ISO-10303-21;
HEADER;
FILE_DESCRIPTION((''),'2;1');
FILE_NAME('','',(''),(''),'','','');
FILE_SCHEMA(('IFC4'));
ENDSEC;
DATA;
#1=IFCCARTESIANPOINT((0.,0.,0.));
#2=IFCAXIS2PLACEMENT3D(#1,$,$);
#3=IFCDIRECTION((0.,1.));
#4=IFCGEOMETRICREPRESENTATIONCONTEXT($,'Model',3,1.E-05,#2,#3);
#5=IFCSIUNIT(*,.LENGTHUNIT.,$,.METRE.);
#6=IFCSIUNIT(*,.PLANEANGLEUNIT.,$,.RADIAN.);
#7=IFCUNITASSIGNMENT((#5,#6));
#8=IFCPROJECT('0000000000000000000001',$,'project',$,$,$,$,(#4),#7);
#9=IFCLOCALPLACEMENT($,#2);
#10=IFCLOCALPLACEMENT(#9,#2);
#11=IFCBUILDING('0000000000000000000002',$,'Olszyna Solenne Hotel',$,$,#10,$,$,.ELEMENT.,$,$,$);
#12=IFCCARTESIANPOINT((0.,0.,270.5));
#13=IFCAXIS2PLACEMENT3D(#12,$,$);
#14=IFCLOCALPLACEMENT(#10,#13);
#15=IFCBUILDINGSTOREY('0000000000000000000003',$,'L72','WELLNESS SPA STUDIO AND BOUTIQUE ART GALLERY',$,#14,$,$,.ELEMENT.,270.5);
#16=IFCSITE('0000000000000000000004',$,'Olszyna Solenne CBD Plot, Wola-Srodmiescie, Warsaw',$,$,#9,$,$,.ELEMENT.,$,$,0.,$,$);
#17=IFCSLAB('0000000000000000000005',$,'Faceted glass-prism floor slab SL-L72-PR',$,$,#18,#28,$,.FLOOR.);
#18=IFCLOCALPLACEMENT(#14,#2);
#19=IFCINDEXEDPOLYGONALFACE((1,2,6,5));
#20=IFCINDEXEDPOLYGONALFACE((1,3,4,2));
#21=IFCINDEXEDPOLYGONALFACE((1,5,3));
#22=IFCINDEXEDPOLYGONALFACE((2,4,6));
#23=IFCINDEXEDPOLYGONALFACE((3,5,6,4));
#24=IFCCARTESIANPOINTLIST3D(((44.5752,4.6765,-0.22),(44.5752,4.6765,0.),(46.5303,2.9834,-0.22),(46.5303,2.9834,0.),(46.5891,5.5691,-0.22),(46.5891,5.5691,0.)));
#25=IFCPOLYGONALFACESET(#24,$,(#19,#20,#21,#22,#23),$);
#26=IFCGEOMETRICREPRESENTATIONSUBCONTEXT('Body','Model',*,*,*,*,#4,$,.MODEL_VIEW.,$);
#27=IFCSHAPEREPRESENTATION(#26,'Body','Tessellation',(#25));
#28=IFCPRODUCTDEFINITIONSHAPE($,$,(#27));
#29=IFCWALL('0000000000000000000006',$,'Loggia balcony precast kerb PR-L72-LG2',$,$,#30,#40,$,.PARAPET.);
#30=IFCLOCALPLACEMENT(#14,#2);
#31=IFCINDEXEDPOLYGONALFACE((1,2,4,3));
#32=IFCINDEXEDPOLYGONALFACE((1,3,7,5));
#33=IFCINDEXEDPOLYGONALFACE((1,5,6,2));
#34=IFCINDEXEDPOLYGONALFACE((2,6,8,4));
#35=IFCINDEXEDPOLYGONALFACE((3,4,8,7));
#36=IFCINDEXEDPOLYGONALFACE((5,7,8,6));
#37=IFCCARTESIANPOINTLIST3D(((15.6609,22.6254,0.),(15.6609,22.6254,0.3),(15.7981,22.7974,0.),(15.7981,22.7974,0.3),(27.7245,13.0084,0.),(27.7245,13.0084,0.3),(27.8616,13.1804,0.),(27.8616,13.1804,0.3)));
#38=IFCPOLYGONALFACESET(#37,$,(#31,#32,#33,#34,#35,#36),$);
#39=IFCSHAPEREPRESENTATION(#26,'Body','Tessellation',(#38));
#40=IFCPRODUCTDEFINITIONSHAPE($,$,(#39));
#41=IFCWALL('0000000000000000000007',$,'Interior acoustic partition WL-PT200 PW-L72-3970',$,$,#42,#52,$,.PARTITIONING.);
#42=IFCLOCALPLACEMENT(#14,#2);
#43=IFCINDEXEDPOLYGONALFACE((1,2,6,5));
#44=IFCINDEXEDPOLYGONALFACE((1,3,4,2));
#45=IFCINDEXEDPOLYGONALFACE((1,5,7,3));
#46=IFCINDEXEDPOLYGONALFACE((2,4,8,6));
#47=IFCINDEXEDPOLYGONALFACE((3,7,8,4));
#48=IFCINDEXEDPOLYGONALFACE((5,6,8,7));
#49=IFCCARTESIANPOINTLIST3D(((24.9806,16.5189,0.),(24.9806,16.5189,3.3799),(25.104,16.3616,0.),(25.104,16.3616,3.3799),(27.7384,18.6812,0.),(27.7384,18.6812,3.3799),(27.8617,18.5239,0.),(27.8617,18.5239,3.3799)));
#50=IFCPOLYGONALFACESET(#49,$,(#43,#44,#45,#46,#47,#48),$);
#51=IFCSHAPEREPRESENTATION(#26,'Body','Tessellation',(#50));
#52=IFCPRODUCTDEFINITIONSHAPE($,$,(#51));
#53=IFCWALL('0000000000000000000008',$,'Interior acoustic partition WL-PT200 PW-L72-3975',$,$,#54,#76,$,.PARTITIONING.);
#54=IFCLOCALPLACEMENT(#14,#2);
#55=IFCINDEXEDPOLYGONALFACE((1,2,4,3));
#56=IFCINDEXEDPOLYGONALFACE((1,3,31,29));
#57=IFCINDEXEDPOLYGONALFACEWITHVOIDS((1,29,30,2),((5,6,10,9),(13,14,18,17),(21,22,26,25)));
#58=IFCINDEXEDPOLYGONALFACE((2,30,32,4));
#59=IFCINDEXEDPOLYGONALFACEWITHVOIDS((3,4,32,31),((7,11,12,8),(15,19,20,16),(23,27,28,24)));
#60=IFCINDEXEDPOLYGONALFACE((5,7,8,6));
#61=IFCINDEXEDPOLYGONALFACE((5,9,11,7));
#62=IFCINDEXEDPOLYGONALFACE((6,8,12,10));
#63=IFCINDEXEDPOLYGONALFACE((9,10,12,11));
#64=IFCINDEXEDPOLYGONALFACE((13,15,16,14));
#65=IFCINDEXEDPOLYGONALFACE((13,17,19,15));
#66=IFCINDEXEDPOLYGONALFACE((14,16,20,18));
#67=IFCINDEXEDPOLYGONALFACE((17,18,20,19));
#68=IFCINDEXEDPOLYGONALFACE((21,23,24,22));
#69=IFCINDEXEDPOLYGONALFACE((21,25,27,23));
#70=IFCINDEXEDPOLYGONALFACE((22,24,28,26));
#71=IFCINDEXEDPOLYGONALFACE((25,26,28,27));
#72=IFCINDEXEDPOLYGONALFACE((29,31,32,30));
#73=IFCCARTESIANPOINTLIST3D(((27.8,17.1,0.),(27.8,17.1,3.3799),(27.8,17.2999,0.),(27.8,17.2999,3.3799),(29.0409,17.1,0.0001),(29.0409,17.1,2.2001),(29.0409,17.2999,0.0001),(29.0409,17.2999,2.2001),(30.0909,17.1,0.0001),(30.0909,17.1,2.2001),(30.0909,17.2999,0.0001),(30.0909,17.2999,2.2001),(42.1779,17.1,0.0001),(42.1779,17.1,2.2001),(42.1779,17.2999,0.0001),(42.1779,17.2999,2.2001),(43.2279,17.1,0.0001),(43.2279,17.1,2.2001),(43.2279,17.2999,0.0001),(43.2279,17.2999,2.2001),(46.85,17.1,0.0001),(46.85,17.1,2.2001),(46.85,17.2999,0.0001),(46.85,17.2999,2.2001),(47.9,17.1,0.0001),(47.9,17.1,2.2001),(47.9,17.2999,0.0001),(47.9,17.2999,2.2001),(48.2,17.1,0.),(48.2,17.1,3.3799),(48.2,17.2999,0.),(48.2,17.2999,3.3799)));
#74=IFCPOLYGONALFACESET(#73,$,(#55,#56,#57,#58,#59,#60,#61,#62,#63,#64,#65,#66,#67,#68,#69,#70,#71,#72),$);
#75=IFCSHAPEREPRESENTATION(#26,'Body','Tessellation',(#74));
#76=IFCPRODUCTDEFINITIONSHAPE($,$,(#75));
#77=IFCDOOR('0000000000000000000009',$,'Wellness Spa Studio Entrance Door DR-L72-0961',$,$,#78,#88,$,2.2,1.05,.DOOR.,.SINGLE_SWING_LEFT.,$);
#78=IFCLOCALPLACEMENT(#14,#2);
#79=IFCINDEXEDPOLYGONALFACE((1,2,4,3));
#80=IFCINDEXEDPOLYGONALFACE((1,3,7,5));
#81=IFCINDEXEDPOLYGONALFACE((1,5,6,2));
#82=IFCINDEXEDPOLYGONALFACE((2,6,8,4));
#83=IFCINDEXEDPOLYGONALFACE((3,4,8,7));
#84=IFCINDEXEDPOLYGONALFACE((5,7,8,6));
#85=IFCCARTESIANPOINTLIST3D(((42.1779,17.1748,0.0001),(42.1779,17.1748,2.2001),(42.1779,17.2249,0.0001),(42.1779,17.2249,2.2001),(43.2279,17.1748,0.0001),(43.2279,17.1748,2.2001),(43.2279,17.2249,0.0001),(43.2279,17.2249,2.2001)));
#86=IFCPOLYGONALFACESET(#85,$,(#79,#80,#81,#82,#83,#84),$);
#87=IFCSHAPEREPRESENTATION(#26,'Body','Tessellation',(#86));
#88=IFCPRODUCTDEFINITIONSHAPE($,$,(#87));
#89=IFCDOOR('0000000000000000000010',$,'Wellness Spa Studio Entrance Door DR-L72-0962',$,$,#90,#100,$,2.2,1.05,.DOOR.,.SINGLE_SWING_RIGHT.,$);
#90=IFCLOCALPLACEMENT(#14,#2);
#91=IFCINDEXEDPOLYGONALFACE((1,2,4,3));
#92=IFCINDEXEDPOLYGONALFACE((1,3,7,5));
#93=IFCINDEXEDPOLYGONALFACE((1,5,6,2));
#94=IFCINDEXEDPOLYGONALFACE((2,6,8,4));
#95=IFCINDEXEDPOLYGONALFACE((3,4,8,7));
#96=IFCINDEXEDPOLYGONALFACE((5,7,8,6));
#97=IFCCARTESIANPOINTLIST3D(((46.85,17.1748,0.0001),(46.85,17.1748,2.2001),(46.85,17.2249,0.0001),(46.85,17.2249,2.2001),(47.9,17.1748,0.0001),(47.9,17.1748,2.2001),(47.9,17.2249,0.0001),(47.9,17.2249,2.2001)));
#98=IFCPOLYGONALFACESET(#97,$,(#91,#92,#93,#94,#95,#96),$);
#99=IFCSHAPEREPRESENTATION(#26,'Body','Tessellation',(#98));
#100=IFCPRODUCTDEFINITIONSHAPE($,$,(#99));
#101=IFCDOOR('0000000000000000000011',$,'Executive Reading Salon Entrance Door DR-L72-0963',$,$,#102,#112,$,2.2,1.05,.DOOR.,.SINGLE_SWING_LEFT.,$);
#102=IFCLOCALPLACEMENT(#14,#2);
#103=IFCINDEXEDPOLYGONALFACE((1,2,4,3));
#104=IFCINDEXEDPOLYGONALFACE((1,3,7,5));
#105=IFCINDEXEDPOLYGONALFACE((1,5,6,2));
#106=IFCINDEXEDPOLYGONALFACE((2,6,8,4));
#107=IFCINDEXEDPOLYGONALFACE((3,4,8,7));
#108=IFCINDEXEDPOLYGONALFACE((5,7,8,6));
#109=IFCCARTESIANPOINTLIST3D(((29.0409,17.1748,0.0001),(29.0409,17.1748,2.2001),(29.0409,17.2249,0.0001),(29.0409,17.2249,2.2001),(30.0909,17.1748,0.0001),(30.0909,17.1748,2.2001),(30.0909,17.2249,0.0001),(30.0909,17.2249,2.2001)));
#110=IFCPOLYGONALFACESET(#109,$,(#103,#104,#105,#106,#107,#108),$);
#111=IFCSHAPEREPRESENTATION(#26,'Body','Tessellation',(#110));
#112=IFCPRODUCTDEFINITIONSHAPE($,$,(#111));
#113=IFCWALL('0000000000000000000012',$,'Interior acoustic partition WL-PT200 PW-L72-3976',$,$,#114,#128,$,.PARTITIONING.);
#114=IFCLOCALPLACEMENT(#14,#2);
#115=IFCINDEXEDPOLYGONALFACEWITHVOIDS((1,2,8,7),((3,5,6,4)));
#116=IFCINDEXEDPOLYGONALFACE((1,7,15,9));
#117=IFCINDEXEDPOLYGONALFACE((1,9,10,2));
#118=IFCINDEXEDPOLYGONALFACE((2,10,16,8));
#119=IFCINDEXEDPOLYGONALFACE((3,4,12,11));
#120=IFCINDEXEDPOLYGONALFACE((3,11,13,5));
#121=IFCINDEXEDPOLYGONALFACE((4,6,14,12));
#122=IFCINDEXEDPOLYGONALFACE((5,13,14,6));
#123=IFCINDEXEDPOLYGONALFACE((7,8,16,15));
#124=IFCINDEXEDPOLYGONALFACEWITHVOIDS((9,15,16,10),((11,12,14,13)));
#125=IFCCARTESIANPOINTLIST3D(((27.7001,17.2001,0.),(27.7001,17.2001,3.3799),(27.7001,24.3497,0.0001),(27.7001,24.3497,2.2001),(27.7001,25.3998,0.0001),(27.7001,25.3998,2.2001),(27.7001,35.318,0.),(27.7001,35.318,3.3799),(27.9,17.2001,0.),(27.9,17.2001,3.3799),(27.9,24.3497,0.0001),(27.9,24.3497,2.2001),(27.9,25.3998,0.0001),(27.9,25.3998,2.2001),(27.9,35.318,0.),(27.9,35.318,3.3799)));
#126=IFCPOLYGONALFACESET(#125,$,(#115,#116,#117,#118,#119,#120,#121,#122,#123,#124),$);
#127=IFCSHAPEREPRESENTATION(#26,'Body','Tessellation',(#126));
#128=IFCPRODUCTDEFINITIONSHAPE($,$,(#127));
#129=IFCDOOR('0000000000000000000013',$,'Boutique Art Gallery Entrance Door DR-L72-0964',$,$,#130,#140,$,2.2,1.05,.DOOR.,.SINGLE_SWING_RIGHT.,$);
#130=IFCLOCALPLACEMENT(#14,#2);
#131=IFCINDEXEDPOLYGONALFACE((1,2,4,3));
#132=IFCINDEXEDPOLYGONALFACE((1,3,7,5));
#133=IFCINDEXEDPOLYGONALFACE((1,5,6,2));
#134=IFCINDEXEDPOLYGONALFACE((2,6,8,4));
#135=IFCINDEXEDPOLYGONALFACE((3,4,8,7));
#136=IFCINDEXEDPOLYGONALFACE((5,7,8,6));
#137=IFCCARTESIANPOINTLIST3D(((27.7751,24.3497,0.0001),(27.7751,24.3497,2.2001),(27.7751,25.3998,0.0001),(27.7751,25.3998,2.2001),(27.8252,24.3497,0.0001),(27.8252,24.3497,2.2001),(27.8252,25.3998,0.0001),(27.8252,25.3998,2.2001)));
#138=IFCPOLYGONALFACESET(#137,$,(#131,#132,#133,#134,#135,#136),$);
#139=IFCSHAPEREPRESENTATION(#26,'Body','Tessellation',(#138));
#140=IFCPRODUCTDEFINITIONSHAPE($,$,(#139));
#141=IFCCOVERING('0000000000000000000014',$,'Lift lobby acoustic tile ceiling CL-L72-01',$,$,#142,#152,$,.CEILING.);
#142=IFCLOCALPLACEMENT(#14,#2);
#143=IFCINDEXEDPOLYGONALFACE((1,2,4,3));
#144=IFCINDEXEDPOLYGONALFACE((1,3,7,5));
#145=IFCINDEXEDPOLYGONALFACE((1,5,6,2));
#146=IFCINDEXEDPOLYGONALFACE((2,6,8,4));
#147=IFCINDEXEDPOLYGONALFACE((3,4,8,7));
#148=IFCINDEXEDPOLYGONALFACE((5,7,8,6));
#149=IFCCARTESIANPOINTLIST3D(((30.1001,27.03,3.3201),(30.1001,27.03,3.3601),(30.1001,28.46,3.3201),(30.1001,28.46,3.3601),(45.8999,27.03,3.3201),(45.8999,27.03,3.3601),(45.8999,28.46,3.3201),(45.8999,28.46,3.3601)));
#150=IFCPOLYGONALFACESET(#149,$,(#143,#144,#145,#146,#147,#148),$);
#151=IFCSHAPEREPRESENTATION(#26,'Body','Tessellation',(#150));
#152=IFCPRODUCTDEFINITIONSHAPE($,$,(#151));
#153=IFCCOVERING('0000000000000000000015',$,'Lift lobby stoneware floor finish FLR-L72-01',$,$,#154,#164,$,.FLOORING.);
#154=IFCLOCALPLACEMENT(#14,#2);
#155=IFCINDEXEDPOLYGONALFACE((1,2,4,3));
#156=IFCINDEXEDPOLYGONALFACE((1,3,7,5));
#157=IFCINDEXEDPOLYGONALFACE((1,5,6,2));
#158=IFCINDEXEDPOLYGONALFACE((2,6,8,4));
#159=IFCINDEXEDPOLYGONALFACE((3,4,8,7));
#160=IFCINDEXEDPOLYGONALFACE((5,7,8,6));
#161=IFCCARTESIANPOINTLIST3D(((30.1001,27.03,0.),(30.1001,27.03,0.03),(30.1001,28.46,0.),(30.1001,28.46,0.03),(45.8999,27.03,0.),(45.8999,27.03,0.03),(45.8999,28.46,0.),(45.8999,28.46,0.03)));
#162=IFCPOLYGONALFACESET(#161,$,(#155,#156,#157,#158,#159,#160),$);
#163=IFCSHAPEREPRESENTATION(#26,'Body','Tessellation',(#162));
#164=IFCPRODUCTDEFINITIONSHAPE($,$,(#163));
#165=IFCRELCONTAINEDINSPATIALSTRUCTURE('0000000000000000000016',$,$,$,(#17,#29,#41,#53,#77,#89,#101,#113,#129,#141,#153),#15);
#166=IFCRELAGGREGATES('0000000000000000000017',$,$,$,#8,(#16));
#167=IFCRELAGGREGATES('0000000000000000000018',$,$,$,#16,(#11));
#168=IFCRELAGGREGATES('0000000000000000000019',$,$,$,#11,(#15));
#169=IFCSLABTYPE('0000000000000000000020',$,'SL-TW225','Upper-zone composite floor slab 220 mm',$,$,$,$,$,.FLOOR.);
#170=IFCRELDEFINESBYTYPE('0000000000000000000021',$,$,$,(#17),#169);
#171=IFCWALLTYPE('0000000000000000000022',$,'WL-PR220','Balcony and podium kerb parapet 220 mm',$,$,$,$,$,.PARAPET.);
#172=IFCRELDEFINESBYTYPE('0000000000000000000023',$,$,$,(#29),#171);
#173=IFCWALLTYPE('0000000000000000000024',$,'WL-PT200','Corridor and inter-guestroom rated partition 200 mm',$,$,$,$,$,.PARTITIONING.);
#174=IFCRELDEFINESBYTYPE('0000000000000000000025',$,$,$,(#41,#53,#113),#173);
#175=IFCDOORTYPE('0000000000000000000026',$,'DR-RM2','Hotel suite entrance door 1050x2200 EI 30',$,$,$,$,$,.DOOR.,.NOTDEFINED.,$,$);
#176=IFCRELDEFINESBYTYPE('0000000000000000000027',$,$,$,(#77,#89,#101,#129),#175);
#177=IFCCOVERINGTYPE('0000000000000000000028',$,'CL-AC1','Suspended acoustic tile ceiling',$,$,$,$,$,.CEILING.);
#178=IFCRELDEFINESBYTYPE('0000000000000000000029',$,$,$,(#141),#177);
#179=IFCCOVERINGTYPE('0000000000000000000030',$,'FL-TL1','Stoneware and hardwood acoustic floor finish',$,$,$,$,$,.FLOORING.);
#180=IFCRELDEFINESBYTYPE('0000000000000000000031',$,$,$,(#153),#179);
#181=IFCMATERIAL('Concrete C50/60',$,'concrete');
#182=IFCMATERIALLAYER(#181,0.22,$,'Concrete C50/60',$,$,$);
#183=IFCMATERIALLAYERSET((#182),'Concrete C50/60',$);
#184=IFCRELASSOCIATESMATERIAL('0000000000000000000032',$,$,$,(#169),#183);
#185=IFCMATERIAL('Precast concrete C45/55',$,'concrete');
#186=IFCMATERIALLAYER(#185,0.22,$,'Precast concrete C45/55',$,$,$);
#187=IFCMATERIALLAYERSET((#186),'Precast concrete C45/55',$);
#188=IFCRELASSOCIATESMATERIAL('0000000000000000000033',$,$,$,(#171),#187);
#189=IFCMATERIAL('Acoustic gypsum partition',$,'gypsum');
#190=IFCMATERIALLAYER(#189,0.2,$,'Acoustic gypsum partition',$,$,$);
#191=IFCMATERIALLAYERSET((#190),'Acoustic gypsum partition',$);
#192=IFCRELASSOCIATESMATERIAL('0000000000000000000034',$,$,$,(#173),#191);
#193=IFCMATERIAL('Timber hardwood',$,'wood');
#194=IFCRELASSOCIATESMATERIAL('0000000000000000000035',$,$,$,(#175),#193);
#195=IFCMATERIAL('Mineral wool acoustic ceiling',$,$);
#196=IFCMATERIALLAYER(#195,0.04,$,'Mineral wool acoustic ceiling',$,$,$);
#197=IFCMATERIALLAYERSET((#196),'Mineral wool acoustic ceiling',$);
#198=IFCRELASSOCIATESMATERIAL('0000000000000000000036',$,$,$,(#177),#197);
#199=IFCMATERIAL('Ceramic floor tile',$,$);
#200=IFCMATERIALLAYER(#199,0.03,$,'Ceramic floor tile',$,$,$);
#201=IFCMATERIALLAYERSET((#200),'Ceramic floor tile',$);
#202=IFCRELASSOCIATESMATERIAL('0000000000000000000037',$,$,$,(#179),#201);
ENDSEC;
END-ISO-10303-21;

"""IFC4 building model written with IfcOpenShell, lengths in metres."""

from ifc_helpers import new_model, si_unit, direction, frame, frame_2d, origin, place, context, subcontext, project, spatial, polyline, rectangle, outline, extrude, source, transform, mapped, material, layer, layer_set, type_object, type_shapes, element, fill, save


model = new_model("IFC4")

# Units and contexts
model_context = context("Model", 3, precision=1e-05, world=origin(), true_north=direction((0.0, 1.0)))
body_context = subcontext(model_context, "Body", "Model", "MODEL_VIEW")
ifc_project = project(units=[si_unit("LENGTHUNIT", "METRE"), si_unit("PLANEANGLEUNIT", "RADIAN")], contexts=[model_context])

# Site, building, storey
site_placement = place(None, origin())
site = spatial("IfcSite", under=ifc_project, at=site_placement, Name="Olszyna Solenne CBD Plot, Wola-Srodmiescie, Warsaw", CompositionType="ELEMENT", RefElevation=0.0)
building_placement = place(site_placement, origin())
building = spatial("IfcBuilding", under=site, at=building_placement, Name="Olszyna Solenne Hotel", CompositionType="ELEMENT")
storey_placement = place(building_placement, frame((0.0, 0.0, 270.5)))
storey = spatial("IfcBuildingStorey", under=building, at=storey_placement, Name="L72", Description="WELLNESS SPA STUDIO AND BOUTIQUE ART GALLERY", CompositionType="ELEMENT", Elevation=270.5)

# Slab
ifc_material_1 = material(Name="Precast concrete C45/55", Category="concrete")
ifc_material_2 = material(Name="Concrete C50/60", Category="concrete")
ifc_layer_1 = layer(ifc_material_2, 0.22, Name="Concrete C50/60")
ifc_layer_set_1 = layer_set([ifc_layer_1], Name="Concrete C50/60")
slab_type_1 = type_object("IfcSlabType", Name="SL-TW225", Description="Upper-zone composite floor slab 220 mm", PredefinedType="FLOOR", material=ifc_layer_set_1)
slab_1_placement = place(storey_placement, frame((0.0, 0.0, -0.22)))
element("IfcSlab", 1, at=slab_1_placement, inside=storey, type_object=slab_type_1, Name="Faceted glass-prism floor slab SL-L72-PR", PredefinedType="FLOOR", context=body_context, shape_type="SweptSolid", body=[
    extrude(outline(polyline([(46.5891, 5.5691), (44.5752, 4.6765), (46.5303, 2.9834), (46.5891, 5.5691)])), origin(), (0.0, 0.0, 1.0), 0.22),
])

# Walls
ifc_layer_2 = layer(ifc_material_1, 0.22, Name="Precast concrete C45/55")
ifc_layer_set_2 = layer_set([ifc_layer_2], Name="Precast concrete C45/55")
wall_type_1 = type_object("IfcWallType", Name="WL-PR220", Description="Balcony and podium kerb parapet 220 mm", PredefinedType="PARAPET", material=ifc_layer_set_2)
wall_1_placement = place(storey_placement, frame((15.7295, 22.7114, 0.0), z_axis=(0.0, 0.0, 1.0), x_axis=(0.781938, -0.623357, 0.0)))
element("IfcWall", 2, at=wall_1_placement, inside=storey, type_object=wall_type_1, Name="Loggia balcony precast kerb PR-L72-LG2", PredefinedType="PARAPET", context=body_context, shape_type="SweptSolid", body=[
    extrude(rectangle(XDim=15.4277, YDim=0.22, at=frame_2d((7.7139, 0.0))), origin(), (0.0, 0.0, 1.0), 0.3),
])
ifc_material_3 = material(Name="Acoustic gypsum partition", Category="gypsum")
ifc_layer_3 = layer(ifc_material_3, 0.2, Name="Acoustic gypsum partition")
ifc_layer_set_3 = layer_set([ifc_layer_3], Name="Acoustic gypsum partition")
wall_type_2 = type_object("IfcWallType", Name="WL-PT200", Description="Corridor and inter-guestroom rated partition 200 mm", PredefinedType="PARTITIONING", material=ifc_layer_set_3)
wall_2_placement = place(storey_placement, frame((27.8, 18.6025, 0.0), z_axis=(0.0, 0.0, 1.0), x_axis=(-0.786942, -0.617027, 0.0)))
element("IfcWall", 3, at=wall_2_placement, inside=storey, type_object=wall_type_2, Name="Interior acoustic partition WL-PT200 PW-L72-3970", PredefinedType="PARTITIONING", context=body_context, shape_type="SweptSolid", body=[
    extrude(rectangle(XDim=3.5044, YDim=0.2, at=frame_2d((1.7522, 0.0))), origin(), (0.0, 0.0, 1.0), 3.3799),
])

# Wall, openings, doors
wall_3_placement = place(storey_placement, frame((27.8, 17.2, 0.0), z_axis=(0.0, 0.0, 1.0), x_axis=(1.0, 0.0, 0.0)))
wall_3 = element("IfcWall", 4, at=wall_3_placement, inside=storey, type_object=wall_type_2, Name="Interior acoustic partition WL-PT200 PW-L72-3975", PredefinedType="PARTITIONING", context=body_context, shape_type="SweptSolid", body=[
    extrude(rectangle(XDim=20.3999, YDim=0.2, at=frame_2d((10.2, 0.0))), origin(), (0.0, 0.0, 1.0), 3.3799),
])
opening_1_placement = place(wall_3_placement, frame((14.3779, 0.0, 0.0)))
opening_1 = element("IfcOpeningElement", 5, at=opening_1_placement, cuts=wall_3, PredefinedType="OPENING", context=body_context, shape_type="SweptSolid", body=[
    extrude(rectangle(XDim=1.05, YDim=2.2, at=frame_2d((0.5249, 1.1001))), frame((0.0, 0.1099, 0.0), z_axis=(0.0, -1.0, 0.0), x_axis=(1.0, 0.0, 0.0)), (0.0, 0.0, 1.0), 0.22),
])
opening_2_placement = place(wall_3_placement, frame((19.05, 0.0, 0.0)))
opening_2 = element("IfcOpeningElement", 6, at=opening_2_placement, cuts=wall_3, PredefinedType="OPENING", context=body_context, shape_type="SweptSolid", body=[
    extrude(rectangle(XDim=1.05, YDim=2.2, at=frame_2d((0.5249, 1.1001))), frame((0.0, 0.1099, 0.0), z_axis=(0.0, -1.0, 0.0), x_axis=(1.0, 0.0, 0.0)), (0.0, 0.0, 1.0), 0.22),
])
opening_3_placement = place(wall_3_placement, frame((1.241, 0.0, 0.0)))
opening_3 = element("IfcOpeningElement", 7, at=opening_3_placement, cuts=wall_3, PredefinedType="OPENING", context=body_context, shape_type="SweptSolid", body=[
    extrude(rectangle(XDim=1.05, YDim=2.2, at=frame_2d((0.5249, 1.1001))), frame((0.0, 0.1099, 0.0), z_axis=(0.0, -1.0, 0.0), x_axis=(1.0, 0.0, 0.0)), (0.0, 0.0, 1.0), 0.22),
])
ifc_material_4 = material(Name="Timber hardwood", Category="wood")
door_type = type_object("IfcDoorType", Name="DR-RM2", Description="Hotel suite entrance door 1050x2200 EI 30", OperationType="NOTDEFINED", PredefinedType="DOOR", material=ifc_material_4)
shared_shape_1 = source(origin(), body_context, "Body", "SweptSolid", [
    extrude(rectangle(XDim=1.05, YDim=2.2, at=frame_2d((0.5249, 1.1001))), frame((0.0, 0.0249, 0.0), z_axis=(0.0, -1.0, 0.0), x_axis=(1.0, 0.0, 0.0)), (0.0, 0.0, 1.0), 0.05),
])
type_shapes(door_type, [shared_shape_1])
door_1_placement = place(opening_1_placement, origin())
door_1 = element("IfcDoor", 8, at=door_1_placement, inside=storey, type_object=door_type, Name="Wellness Spa Studio Entrance Door DR-L72-0961", OperationType="SINGLE_SWING_LEFT", OverallHeight=2.2, OverallWidth=1.05, PredefinedType="DOOR", context=body_context, shape_type="MappedRepresentation", body=[
    mapped(shared_shape_1, transform((0.0, 0.0, 0.0), x_axis=(1.0, 0.0, 0.0), y_axis=(0.0, 1.0, 0.0), z_axis=(0.0, 0.0, 1.0), scale=1.0)),
])
fill(opening_1, door_1)
door_2_placement = place(opening_2_placement, origin())
door_2 = element("IfcDoor", 9, at=door_2_placement, inside=storey, type_object=door_type, Name="Wellness Spa Studio Entrance Door DR-L72-0962", OperationType="SINGLE_SWING_RIGHT", OverallHeight=2.2, OverallWidth=1.05, PredefinedType="DOOR", context=body_context, shape_type="MappedRepresentation", body=[
    mapped(shared_shape_1, transform((0.0, 0.0, 0.0), x_axis=(1.0, 0.0, 0.0), y_axis=(0.0, 1.0, 0.0), z_axis=(0.0, 0.0, 1.0), scale=1.0)),
])
fill(opening_2, door_2)
door_3_placement = place(opening_3_placement, origin())
door_3 = element("IfcDoor", 10, at=door_3_placement, inside=storey, type_object=door_type, Name="Executive Reading Salon Entrance Door DR-L72-0963", OperationType="SINGLE_SWING_LEFT", OverallHeight=2.2, OverallWidth=1.05, PredefinedType="DOOR", context=body_context, shape_type="MappedRepresentation", body=[
    mapped(shared_shape_1, transform((0.0, 0.0, 0.0), x_axis=(1.0, 0.0, 0.0), y_axis=(0.0, 1.0, 0.0), z_axis=(0.0, 0.0, 1.0), scale=1.0)),
])
fill(opening_3, door_3)

# Wall, opening, door
wall_4_placement = place(storey_placement, frame((27.8, 17.2, 0.0), z_axis=(0.0, 0.0, 1.0), x_axis=(0.0, 1.0, 0.0)))
wall_4 = element("IfcWall", 11, at=wall_4_placement, inside=storey, type_object=wall_type_2, Name="Interior acoustic partition WL-PT200 PW-L72-3976", PredefinedType="PARTITIONING", context=body_context, shape_type="SweptSolid", body=[
    extrude(rectangle(XDim=18.1179, YDim=0.2, at=frame_2d((9.0591, 0.0))), origin(), (0.0, 0.0, 1.0), 3.3799),
])
opening_4_placement = place(wall_4_placement, frame((7.1499, 0.0, 0.0)))
opening_4 = element("IfcOpeningElement", 12, at=opening_4_placement, cuts=wall_4, PredefinedType="OPENING", context=body_context, shape_type="SweptSolid", body=[
    extrude(rectangle(XDim=1.05, YDim=2.2, at=frame_2d((0.5249, 1.1001))), frame((0.0, 0.1099, 0.0), z_axis=(0.0, -1.0, 0.0), x_axis=(1.0, 0.0, 0.0)), (0.0, 0.0, 1.0), 0.22),
])
door_4_placement = place(opening_4_placement, origin())
door_4 = element("IfcDoor", 13, at=door_4_placement, inside=storey, type_object=door_type, Name="Boutique Art Gallery Entrance Door DR-L72-0964", OperationType="SINGLE_SWING_RIGHT", OverallHeight=2.2, OverallWidth=1.05, PredefinedType="DOOR", context=body_context, shape_type="MappedRepresentation", body=[
    mapped(shared_shape_1, transform((0.0, 0.0, 0.0), x_axis=(1.0, 0.0, 0.0), y_axis=(0.0, 1.0, 0.0), z_axis=(0.0, 0.0, 1.0), scale=1.0)),
])
fill(opening_4, door_4)

# Coverings
ifc_material_5 = material(Name="Mineral wool acoustic ceiling")
ifc_layer_4 = layer(ifc_material_5, 0.04, Name="Mineral wool acoustic ceiling")
ifc_layer_set_4 = layer_set([ifc_layer_4], Name="Mineral wool acoustic ceiling")
covering_type_1 = type_object("IfcCoveringType", Name="CL-AC1", Description="Suspended acoustic tile ceiling", PredefinedType="CEILING", material=ifc_layer_set_4)
covering_1_placement = place(storey_placement, frame((0.0, 0.0, 3.3201)))
element("IfcCovering", 14, at=covering_1_placement, inside=storey, type_object=covering_type_1, Name="Lift lobby acoustic tile ceiling CL-L72-01", PredefinedType="CEILING", context=body_context, shape_type="SweptSolid", body=[
    extrude(outline(polyline([(30.1001, 27.03), (45.8999, 27.03), (45.8999, 28.46), (30.1001, 28.46), (30.1001, 27.03)])), origin(), (0.0, 0.0, 1.0), 0.04),
])
ifc_material_6 = material(Name="Ceramic floor tile")
ifc_layer_5 = layer(ifc_material_6, 0.03, Name="Ceramic floor tile")
ifc_layer_set_5 = layer_set([ifc_layer_5], Name="Ceramic floor tile")
covering_type_2 = type_object("IfcCoveringType", Name="FL-TL1", Description="Stoneware and hardwood acoustic floor finish", PredefinedType="FLOORING", material=ifc_layer_set_5)
covering_2_placement = place(storey_placement, origin())
element("IfcCovering", 15, at=covering_2_placement, inside=storey, type_object=covering_type_2, Name="Lift lobby stoneware floor finish FLR-L72-01", PredefinedType="FLOORING", context=body_context, shape_type="SweptSolid", body=[
    extrude(outline(polyline([(30.1001, 27.03), (45.8999, 27.03), (45.8999, 28.46), (30.1001, 28.46), (30.1001, 27.03)])), origin(), (0.0, 0.0, 1.0), 0.03),
])

save(model, "model.ifc")
